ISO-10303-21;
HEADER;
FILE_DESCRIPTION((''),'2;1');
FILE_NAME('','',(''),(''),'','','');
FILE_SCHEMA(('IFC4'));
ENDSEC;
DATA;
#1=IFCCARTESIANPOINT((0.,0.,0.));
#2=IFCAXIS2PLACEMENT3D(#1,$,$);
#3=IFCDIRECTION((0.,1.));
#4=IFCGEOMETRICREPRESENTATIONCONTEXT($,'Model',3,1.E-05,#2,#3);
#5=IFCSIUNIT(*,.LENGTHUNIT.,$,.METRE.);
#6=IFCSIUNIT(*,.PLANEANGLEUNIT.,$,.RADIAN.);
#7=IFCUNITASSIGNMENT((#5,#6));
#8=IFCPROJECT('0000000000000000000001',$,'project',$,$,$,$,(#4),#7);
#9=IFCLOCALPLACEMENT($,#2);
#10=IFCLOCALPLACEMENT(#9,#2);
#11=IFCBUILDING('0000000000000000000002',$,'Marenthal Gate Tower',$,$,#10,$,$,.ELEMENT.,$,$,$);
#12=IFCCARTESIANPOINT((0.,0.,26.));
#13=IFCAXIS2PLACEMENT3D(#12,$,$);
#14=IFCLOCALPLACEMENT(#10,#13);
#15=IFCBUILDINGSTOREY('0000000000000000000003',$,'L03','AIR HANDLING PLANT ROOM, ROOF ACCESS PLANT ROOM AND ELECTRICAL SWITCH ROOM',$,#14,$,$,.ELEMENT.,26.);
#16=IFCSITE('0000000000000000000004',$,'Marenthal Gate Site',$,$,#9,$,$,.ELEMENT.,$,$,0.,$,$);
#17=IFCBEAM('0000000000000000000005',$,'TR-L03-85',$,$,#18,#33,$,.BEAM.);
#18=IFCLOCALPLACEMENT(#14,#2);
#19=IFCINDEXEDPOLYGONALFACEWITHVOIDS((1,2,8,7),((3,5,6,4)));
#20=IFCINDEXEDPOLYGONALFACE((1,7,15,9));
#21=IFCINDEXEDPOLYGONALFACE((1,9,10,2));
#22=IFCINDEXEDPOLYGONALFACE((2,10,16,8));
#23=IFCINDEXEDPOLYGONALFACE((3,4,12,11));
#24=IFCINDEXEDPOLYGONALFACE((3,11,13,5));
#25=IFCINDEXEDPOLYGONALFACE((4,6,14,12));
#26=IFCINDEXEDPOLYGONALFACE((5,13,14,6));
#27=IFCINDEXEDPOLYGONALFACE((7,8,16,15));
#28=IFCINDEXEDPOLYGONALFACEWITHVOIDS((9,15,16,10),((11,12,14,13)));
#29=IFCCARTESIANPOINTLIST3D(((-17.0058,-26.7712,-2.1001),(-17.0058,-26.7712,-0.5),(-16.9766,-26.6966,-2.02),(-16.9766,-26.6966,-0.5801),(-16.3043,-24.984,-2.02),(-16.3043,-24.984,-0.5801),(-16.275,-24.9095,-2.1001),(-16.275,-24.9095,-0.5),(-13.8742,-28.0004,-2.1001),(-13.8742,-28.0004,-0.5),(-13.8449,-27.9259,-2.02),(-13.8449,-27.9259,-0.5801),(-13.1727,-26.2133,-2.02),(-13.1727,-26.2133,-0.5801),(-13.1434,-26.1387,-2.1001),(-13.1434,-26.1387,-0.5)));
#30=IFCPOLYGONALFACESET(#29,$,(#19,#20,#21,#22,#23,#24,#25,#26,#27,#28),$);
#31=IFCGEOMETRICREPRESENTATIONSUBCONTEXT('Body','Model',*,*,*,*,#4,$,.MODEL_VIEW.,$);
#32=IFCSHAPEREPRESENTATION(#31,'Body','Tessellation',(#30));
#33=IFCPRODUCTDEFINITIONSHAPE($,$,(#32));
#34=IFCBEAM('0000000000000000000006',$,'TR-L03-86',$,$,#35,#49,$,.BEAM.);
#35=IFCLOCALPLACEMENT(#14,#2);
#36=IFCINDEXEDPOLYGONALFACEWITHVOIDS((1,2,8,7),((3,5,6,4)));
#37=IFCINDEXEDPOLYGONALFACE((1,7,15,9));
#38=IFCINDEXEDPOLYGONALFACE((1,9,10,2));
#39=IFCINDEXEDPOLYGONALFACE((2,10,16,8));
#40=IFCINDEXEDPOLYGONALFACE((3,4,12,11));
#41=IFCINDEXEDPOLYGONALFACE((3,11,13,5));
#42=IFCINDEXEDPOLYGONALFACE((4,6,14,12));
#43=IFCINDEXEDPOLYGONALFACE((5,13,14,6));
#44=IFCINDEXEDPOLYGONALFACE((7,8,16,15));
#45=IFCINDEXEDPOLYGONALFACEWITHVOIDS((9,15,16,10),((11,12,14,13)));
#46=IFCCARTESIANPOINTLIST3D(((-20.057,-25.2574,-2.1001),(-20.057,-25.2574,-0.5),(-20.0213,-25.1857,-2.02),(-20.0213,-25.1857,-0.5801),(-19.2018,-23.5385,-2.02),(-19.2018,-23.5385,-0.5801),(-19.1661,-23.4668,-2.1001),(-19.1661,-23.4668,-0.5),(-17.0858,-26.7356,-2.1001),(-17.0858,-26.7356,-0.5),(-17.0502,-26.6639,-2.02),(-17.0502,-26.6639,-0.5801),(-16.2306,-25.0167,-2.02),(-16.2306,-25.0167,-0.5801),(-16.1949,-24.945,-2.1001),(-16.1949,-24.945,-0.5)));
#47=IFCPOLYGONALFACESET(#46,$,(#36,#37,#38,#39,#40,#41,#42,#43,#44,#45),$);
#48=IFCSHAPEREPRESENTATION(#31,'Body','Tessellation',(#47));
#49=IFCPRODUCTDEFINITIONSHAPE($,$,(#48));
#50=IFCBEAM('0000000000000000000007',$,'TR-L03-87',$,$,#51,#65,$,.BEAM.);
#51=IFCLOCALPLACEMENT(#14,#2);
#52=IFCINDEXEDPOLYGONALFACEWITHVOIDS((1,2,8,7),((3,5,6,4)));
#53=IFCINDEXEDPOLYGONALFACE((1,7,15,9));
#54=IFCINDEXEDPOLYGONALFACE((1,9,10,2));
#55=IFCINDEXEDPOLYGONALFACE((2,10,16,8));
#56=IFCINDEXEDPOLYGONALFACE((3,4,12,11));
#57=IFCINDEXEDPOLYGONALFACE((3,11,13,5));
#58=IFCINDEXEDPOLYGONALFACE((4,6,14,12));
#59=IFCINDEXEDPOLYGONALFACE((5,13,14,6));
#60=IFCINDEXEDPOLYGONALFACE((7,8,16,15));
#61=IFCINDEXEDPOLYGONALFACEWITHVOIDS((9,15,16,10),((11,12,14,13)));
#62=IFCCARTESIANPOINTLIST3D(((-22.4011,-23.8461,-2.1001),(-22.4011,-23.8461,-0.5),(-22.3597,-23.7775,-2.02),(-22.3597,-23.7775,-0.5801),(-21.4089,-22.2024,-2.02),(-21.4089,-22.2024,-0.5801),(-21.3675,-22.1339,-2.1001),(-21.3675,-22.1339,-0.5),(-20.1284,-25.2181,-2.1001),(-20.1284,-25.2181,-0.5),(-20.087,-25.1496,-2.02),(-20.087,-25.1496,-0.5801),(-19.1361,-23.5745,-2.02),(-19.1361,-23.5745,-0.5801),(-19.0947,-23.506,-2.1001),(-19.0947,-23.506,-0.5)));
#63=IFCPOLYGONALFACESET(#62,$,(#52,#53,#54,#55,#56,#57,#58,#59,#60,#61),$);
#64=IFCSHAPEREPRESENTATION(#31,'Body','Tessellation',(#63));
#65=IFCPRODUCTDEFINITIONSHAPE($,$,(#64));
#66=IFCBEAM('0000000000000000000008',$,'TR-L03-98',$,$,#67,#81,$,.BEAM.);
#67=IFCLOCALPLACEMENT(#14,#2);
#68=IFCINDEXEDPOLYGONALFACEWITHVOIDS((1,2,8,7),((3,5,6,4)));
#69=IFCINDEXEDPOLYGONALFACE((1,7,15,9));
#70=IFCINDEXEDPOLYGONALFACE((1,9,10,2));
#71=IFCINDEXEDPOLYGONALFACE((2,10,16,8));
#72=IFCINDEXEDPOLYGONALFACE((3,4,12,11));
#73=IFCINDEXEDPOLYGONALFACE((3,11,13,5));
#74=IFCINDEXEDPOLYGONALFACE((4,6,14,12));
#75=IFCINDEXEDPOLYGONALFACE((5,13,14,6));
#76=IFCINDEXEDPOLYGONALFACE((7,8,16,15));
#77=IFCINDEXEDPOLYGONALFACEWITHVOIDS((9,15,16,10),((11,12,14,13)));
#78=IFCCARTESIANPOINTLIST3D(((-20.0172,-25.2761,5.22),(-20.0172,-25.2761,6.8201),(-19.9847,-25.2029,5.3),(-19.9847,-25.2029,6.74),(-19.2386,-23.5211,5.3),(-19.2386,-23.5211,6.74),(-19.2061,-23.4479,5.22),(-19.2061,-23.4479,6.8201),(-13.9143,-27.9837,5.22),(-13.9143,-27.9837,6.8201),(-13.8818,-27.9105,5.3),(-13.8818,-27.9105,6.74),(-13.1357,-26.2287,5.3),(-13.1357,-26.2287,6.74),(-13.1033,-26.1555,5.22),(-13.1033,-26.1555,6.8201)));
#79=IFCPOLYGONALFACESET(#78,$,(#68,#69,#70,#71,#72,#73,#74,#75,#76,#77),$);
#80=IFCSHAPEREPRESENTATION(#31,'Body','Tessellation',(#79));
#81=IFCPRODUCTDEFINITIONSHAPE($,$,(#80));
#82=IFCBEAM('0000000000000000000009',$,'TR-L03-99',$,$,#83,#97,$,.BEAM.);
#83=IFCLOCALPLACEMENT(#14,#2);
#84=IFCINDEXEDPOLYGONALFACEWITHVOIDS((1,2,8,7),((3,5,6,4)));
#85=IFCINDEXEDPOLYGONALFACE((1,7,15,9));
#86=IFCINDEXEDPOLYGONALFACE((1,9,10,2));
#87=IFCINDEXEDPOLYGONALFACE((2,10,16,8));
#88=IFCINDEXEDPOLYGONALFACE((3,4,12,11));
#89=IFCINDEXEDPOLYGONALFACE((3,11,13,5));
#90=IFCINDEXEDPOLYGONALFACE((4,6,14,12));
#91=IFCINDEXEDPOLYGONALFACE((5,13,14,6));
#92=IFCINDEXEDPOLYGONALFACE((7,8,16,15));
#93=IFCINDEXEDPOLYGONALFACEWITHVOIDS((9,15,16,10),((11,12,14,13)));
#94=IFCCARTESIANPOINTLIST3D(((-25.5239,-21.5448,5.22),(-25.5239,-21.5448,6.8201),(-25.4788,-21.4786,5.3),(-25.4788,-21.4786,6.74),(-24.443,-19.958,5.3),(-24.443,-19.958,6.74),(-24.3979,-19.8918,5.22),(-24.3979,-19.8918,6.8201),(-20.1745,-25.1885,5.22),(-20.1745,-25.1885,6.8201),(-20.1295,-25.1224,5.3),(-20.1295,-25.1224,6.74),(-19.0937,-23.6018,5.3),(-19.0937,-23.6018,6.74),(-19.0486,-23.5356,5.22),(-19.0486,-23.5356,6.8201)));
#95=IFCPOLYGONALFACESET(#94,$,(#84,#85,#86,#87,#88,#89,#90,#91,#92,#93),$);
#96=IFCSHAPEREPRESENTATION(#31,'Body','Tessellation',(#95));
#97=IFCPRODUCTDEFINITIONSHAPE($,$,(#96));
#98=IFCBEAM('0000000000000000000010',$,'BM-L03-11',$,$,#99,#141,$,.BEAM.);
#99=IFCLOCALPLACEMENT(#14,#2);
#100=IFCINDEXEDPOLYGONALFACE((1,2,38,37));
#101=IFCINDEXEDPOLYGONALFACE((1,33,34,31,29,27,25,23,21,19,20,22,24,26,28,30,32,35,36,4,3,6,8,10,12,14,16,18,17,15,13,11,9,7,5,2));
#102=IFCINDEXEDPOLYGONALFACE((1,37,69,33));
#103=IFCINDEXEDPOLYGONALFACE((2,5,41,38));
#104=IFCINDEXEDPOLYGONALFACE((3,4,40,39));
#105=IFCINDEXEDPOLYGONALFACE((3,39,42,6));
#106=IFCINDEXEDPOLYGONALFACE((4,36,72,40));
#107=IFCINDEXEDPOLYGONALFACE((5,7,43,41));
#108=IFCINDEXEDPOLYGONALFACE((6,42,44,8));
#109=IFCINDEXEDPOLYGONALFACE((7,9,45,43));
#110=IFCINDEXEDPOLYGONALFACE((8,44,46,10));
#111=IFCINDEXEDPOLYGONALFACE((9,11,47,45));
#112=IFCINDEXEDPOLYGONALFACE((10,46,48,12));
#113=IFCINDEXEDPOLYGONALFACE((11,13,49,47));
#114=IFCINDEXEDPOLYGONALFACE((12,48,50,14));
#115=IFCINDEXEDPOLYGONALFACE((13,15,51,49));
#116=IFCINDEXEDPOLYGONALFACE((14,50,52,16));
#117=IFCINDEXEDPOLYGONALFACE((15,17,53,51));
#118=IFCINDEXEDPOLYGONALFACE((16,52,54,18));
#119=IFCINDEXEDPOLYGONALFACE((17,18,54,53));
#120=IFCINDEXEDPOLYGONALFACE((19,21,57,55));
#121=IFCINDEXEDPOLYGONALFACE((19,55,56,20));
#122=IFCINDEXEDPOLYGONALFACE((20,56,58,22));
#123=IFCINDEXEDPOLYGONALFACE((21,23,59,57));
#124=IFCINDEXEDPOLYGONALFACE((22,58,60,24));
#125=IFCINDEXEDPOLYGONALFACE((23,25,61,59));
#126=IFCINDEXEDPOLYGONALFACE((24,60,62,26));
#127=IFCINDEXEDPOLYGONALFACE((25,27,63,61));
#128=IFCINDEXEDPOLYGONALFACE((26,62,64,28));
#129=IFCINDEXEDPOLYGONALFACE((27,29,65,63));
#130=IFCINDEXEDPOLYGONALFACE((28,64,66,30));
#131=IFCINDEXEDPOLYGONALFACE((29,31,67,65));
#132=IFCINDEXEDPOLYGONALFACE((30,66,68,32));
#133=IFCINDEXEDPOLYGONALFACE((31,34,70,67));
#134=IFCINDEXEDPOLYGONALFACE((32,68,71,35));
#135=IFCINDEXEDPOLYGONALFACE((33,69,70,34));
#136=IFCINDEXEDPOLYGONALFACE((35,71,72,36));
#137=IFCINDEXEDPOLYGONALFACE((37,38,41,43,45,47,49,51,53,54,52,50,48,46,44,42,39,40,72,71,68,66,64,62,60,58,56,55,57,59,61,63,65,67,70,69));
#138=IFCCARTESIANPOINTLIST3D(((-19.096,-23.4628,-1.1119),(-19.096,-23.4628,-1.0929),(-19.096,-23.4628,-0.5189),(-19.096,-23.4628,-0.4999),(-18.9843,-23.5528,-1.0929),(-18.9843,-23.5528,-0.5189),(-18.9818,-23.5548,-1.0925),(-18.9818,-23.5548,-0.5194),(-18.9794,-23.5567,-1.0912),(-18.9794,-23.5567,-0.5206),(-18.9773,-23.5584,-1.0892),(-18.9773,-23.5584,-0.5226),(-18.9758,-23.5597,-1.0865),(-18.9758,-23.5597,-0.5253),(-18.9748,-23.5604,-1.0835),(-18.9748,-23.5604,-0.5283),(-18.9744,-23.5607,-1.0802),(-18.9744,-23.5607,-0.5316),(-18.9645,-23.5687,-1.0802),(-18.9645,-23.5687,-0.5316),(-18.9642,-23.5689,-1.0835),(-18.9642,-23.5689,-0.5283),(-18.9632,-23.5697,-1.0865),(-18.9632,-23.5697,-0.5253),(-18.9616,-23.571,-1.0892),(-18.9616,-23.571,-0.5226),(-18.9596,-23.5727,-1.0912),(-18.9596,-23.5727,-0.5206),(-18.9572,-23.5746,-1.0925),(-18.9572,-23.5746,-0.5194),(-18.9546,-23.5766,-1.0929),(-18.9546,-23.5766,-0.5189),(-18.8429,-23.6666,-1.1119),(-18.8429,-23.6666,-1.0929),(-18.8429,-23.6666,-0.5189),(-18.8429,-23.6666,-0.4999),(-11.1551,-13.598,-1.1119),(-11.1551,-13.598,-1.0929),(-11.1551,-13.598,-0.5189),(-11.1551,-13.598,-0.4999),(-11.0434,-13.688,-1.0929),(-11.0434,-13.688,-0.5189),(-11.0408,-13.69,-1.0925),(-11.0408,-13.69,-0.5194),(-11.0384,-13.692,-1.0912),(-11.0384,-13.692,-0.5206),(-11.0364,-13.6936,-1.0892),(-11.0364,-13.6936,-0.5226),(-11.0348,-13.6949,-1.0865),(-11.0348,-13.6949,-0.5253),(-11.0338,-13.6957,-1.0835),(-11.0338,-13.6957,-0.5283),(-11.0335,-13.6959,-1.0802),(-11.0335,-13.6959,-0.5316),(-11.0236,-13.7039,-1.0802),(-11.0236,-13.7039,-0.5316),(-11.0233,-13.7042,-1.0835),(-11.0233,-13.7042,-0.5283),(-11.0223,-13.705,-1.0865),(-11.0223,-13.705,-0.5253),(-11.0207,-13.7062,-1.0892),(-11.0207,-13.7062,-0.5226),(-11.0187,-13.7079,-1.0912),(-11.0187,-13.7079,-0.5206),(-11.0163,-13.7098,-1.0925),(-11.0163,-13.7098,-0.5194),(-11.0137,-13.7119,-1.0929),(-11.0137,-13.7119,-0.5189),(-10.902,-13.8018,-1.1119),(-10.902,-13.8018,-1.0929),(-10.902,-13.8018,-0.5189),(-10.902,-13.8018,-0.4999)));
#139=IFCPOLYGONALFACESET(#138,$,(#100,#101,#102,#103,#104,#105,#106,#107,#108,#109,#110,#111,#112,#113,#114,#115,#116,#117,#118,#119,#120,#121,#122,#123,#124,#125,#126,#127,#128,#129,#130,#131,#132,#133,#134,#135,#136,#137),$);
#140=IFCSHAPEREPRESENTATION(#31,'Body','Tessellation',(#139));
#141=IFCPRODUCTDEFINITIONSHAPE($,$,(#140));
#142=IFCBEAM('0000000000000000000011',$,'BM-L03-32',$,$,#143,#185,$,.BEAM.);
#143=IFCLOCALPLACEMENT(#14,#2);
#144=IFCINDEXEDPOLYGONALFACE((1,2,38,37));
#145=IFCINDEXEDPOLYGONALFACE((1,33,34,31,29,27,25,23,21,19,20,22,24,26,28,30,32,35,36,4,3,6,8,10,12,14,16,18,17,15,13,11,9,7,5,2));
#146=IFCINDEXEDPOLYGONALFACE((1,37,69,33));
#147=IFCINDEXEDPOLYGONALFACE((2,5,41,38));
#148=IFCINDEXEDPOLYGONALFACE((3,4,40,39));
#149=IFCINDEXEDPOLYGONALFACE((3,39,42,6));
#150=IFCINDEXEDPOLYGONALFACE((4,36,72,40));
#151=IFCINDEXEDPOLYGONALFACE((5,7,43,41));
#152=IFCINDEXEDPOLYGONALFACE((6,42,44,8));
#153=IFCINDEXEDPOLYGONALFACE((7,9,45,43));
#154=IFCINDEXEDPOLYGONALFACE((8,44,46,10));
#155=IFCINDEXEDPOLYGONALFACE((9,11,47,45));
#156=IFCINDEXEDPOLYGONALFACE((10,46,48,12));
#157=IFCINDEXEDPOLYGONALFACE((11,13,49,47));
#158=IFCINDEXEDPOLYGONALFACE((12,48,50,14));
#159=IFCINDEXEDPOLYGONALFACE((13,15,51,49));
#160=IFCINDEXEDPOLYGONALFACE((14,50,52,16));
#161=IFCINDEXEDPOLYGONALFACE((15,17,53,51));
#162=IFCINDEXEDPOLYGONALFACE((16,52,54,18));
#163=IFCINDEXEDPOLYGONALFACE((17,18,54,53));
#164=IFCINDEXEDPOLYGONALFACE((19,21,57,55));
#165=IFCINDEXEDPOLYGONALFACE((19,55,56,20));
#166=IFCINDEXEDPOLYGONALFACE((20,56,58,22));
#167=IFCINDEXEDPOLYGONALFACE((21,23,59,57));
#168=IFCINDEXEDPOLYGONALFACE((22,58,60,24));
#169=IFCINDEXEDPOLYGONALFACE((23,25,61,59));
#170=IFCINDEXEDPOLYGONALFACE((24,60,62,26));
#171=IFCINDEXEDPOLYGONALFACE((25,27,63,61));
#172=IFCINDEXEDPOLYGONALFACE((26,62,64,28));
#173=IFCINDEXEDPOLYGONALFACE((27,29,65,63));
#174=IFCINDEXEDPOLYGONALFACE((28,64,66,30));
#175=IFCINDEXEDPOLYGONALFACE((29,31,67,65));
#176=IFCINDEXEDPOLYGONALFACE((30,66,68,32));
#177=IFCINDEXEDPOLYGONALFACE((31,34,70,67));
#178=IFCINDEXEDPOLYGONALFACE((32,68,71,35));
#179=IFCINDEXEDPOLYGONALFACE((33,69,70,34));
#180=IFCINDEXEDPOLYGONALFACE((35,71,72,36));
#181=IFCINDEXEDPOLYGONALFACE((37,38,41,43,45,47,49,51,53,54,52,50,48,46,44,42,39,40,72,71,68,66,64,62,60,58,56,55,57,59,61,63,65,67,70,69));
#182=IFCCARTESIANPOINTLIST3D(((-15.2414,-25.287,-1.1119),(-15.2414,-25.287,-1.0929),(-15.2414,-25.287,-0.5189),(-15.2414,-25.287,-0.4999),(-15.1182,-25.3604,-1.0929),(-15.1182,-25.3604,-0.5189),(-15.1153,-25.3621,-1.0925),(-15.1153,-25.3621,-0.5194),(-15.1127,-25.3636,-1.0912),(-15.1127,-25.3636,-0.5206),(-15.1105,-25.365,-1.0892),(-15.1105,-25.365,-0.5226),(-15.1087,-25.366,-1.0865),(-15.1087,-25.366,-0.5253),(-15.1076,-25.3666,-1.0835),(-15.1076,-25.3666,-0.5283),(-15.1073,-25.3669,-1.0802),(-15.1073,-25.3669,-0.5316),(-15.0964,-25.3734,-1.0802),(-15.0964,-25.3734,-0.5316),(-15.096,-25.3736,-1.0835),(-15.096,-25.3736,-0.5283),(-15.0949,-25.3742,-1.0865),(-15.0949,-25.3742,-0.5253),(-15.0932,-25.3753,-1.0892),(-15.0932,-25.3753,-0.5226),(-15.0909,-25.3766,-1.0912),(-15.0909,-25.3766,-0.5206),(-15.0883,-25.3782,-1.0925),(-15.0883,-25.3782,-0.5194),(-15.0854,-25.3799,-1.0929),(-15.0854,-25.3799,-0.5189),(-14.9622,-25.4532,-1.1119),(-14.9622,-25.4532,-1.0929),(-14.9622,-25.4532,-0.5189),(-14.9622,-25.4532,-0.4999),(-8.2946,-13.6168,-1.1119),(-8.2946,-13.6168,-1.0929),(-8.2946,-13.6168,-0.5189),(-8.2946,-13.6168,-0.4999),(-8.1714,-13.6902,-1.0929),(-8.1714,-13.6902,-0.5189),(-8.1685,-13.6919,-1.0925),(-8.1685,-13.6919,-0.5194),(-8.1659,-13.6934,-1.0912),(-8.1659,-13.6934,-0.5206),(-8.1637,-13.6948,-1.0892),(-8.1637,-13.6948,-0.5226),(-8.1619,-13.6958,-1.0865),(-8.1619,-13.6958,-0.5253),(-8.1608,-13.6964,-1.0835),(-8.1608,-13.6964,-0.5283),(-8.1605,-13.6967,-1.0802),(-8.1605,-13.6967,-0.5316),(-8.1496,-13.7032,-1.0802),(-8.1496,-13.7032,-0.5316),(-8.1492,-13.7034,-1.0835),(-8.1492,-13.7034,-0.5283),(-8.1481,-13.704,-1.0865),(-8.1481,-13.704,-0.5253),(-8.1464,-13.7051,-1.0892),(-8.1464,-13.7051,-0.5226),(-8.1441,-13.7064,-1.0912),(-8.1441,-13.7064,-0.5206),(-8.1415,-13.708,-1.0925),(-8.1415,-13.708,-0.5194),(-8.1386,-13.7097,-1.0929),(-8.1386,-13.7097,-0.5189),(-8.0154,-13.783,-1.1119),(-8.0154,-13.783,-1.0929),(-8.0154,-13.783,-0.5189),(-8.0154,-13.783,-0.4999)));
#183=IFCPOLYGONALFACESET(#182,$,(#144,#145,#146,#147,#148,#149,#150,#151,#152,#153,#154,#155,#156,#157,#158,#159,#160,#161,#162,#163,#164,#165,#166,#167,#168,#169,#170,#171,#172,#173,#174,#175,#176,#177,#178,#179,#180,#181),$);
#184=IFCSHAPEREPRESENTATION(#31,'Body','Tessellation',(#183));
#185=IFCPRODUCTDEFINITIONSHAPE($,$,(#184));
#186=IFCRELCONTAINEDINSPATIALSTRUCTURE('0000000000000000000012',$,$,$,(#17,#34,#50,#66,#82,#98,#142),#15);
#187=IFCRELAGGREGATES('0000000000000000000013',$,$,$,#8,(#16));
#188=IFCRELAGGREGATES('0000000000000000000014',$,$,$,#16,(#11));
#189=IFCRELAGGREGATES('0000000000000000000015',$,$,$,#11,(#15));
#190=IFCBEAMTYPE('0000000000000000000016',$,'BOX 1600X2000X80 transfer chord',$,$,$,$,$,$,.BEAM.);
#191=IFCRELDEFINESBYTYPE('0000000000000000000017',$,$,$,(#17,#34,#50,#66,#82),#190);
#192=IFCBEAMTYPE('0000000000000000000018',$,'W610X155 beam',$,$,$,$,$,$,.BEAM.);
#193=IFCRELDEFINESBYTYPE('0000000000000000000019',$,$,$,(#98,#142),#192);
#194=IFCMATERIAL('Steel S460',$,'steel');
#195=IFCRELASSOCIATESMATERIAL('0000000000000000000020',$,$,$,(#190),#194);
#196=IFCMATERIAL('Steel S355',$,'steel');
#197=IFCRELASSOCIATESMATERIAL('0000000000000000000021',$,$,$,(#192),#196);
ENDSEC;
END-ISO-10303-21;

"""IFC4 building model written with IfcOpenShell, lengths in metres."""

from ifc_helpers import new_model, si_unit, direction, frame, origin, origin_2d, place, context, subcontext, project, spatial, hollow_rectangle, i_section, extrude, material, material_profile, profile_set, type_object, element, save


model = new_model("IFC4")

# Units and contexts
model_context = context("Model", 3, precision=1e-05, world=origin(), true_north=direction((0.0, 1.0)))
body_context = subcontext(model_context, "Body", "Model", "MODEL_VIEW")
ifc_project = project(units=[si_unit("LENGTHUNIT", "METRE"), si_unit("PLANEANGLEUNIT", "RADIAN")], contexts=[model_context])

# Site, building, storey
site_placement = place(None, origin())
site = spatial("IfcSite", under=ifc_project, at=site_placement, Name="Marenthal Gate Site", CompositionType="ELEMENT", RefElevation=0.0)
building_placement = place(site_placement, origin())
building = spatial("IfcBuilding", under=site, at=building_placement, Name="Marenthal Gate Tower", CompositionType="ELEMENT")
storey_placement = place(building_placement, frame((0.0, 0.0, 26.0)))
storey = spatial("IfcBuildingStorey", under=building, at=storey_placement, Name="L03", Description="AIR HANDLING PLANT ROOM, ROOF ACCESS PLANT ROOM AND ELECTRICAL SWITCH ROOM", CompositionType="ELEMENT", Elevation=26.0)

# Beams
ifc_material_1 = material(Name="Steel S460", Category="steel")
ifc_material_profile_1 = material_profile(ifc_material_1, hollow_rectangle(XDim=2.0, YDim=1.6001, WallThickness=0.0801, at=origin_2d()), Name="BOX 1600X2000X80")
ifc_profile_set_1 = profile_set([ifc_material_profile_1], Name="Steel S460")
beam_type_1 = type_object("IfcBeamType", Name="BOX 1600X2000X80 transfer chord", PredefinedType="BEAM", material=ifc_profile_set_1)
beam_1_placement = place(storey_placement, frame((-13.5088, -27.0696, -1.3), z_axis=(-0.930855, 0.36539, 0.0), x_axis=(-0.36539, -0.930855, 0.0)))
element("IfcBeam", 1, at=beam_1_placement, inside=storey, type_object=beam_type_1, Name="TR-L03-85", PredefinedType="BEAM", context=body_context, shape_type="SweptSolid", body=[
    extrude(hollow_rectangle(XDim=2.0, YDim=1.6001, WallThickness=0.0801, at=origin_2d()), origin(), (0.0, 0.0, 1.0), 3.3643),
])
beam_2_placement = place(storey_placement, frame((-16.6404, -25.8403, -1.3), z_axis=(-0.895308, 0.445447, 0.0), x_axis=(-0.445447, -0.895308, 0.0)))
element("IfcBeam", 2, at=beam_2_placement, inside=storey, type_object=beam_type_1, Name="TR-L03-86", PredefinedType="BEAM", context=body_context, shape_type="SweptSolid", body=[
    extrude(hollow_rectangle(XDim=2.0, YDim=1.6001, WallThickness=0.0801, at=origin_2d()), origin(), (0.0, 0.0, 1.0), 3.3186),
])
beam_3_placement = place(storey_placement, frame((-19.6116, -24.3621, -1.3), z_axis=(-0.856086, 0.516833, 0.0), x_axis=(-0.516833, -0.856086, 0.0)))
element("IfcBeam", 3, at=beam_3_placement, inside=storey, type_object=beam_type_1, Name="TR-L03-87", PredefinedType="BEAM", context=body_context, shape_type="SweptSolid", body=[
    extrude(hollow_rectangle(XDim=2.0, YDim=1.6001, WallThickness=0.0801, at=origin_2d()), origin(), (0.0, 0.0, 1.0), 2.6548),
])
beam_4_placement = place(storey_placement, frame((-13.5088, -27.0696, 6.02), z_axis=(-0.91408, 0.405534, 0.0), x_axis=(-0.405534, -0.91408, 0.0)))
element("IfcBeam", 4, at=beam_4_placement, inside=storey, type_object=beam_type_1, Name="TR-L03-98", PredefinedType="BEAM", context=body_context, shape_type="SweptSolid", body=[
    extrude(hollow_rectangle(XDim=2.0, YDim=1.6001, WallThickness=0.0801, at=origin_2d()), origin(), (0.0, 0.0, 1.0), 6.6765),
])
beam_5_placement = place(storey_placement, frame((-19.6116, -24.3621, 6.02), z_axis=(-0.826479, 0.562968, 0.0), x_axis=(-0.562968, -0.826479, 0.0)))
element("IfcBeam", 5, at=beam_5_placement, inside=storey, type_object=beam_type_1, Name="TR-L03-99", PredefinedType="BEAM", context=body_context, shape_type="SweptSolid", body=[
    extrude(hollow_rectangle(XDim=2.0, YDim=1.6001, WallThickness=0.0801, at=origin_2d()), origin(), (0.0, 0.0, 1.0), 6.4724),
])
ifc_material_2 = material(Name="Steel S355", Category="steel")
ifc_material_profile_2 = material_profile(ifc_material_2, i_section(OverallWidth=0.325, OverallDepth=0.6121, WebThickness=0.0127, FlangeThickness=0.019, FilletRadius=0.0127, at=origin_2d()), Name="W610X155")
ifc_profile_set_2 = profile_set([ifc_material_profile_2], Name="Steel S355")
beam_type_2 = type_object("IfcBeamType", Name="W610X155 beam", PredefinedType="BEAM", material=ifc_profile_set_2)
beam_6_placement = place(storey_placement, frame((-18.9695, -23.5647, -0.8059), z_axis=(0.627057, 0.778973, 0.0), x_axis=(-0.778973, 0.627057, 0.0)))
element("IfcBeam", 6, at=beam_6_placement, inside=storey, type_object=beam_type_2, Name="BM-L03-11", PredefinedType="BEAM", context=body_context, shape_type="SweptSolid", body=[
    extrude(i_section(OverallWidth=0.325, OverallDepth=0.6121, WebThickness=0.0127, FlangeThickness=0.019, FilletRadius=0.0127, at=origin_2d()), origin(), (0.0, 0.0, 1.0), 12.6638),
])
beam_7_placement = place(storey_placement, frame((-15.1018, -25.3701, -0.8059), z_axis=(0.511497, 0.859285, 0.0), x_axis=(-0.859285, 0.511497, 0.0)))
element("IfcBeam", 7, at=beam_7_placement, inside=storey, type_object=beam_type_2, Name="BM-L03-32", PredefinedType="BEAM", context=body_context, shape_type="SweptSolid", body=[
    extrude(i_section(OverallWidth=0.325, OverallDepth=0.6121, WebThickness=0.0127, FlangeThickness=0.019, FilletRadius=0.0127, at=origin_2d()), origin(), (0.0, 0.0, 1.0), 13.5813),
])

save(model, "model.ifc")
